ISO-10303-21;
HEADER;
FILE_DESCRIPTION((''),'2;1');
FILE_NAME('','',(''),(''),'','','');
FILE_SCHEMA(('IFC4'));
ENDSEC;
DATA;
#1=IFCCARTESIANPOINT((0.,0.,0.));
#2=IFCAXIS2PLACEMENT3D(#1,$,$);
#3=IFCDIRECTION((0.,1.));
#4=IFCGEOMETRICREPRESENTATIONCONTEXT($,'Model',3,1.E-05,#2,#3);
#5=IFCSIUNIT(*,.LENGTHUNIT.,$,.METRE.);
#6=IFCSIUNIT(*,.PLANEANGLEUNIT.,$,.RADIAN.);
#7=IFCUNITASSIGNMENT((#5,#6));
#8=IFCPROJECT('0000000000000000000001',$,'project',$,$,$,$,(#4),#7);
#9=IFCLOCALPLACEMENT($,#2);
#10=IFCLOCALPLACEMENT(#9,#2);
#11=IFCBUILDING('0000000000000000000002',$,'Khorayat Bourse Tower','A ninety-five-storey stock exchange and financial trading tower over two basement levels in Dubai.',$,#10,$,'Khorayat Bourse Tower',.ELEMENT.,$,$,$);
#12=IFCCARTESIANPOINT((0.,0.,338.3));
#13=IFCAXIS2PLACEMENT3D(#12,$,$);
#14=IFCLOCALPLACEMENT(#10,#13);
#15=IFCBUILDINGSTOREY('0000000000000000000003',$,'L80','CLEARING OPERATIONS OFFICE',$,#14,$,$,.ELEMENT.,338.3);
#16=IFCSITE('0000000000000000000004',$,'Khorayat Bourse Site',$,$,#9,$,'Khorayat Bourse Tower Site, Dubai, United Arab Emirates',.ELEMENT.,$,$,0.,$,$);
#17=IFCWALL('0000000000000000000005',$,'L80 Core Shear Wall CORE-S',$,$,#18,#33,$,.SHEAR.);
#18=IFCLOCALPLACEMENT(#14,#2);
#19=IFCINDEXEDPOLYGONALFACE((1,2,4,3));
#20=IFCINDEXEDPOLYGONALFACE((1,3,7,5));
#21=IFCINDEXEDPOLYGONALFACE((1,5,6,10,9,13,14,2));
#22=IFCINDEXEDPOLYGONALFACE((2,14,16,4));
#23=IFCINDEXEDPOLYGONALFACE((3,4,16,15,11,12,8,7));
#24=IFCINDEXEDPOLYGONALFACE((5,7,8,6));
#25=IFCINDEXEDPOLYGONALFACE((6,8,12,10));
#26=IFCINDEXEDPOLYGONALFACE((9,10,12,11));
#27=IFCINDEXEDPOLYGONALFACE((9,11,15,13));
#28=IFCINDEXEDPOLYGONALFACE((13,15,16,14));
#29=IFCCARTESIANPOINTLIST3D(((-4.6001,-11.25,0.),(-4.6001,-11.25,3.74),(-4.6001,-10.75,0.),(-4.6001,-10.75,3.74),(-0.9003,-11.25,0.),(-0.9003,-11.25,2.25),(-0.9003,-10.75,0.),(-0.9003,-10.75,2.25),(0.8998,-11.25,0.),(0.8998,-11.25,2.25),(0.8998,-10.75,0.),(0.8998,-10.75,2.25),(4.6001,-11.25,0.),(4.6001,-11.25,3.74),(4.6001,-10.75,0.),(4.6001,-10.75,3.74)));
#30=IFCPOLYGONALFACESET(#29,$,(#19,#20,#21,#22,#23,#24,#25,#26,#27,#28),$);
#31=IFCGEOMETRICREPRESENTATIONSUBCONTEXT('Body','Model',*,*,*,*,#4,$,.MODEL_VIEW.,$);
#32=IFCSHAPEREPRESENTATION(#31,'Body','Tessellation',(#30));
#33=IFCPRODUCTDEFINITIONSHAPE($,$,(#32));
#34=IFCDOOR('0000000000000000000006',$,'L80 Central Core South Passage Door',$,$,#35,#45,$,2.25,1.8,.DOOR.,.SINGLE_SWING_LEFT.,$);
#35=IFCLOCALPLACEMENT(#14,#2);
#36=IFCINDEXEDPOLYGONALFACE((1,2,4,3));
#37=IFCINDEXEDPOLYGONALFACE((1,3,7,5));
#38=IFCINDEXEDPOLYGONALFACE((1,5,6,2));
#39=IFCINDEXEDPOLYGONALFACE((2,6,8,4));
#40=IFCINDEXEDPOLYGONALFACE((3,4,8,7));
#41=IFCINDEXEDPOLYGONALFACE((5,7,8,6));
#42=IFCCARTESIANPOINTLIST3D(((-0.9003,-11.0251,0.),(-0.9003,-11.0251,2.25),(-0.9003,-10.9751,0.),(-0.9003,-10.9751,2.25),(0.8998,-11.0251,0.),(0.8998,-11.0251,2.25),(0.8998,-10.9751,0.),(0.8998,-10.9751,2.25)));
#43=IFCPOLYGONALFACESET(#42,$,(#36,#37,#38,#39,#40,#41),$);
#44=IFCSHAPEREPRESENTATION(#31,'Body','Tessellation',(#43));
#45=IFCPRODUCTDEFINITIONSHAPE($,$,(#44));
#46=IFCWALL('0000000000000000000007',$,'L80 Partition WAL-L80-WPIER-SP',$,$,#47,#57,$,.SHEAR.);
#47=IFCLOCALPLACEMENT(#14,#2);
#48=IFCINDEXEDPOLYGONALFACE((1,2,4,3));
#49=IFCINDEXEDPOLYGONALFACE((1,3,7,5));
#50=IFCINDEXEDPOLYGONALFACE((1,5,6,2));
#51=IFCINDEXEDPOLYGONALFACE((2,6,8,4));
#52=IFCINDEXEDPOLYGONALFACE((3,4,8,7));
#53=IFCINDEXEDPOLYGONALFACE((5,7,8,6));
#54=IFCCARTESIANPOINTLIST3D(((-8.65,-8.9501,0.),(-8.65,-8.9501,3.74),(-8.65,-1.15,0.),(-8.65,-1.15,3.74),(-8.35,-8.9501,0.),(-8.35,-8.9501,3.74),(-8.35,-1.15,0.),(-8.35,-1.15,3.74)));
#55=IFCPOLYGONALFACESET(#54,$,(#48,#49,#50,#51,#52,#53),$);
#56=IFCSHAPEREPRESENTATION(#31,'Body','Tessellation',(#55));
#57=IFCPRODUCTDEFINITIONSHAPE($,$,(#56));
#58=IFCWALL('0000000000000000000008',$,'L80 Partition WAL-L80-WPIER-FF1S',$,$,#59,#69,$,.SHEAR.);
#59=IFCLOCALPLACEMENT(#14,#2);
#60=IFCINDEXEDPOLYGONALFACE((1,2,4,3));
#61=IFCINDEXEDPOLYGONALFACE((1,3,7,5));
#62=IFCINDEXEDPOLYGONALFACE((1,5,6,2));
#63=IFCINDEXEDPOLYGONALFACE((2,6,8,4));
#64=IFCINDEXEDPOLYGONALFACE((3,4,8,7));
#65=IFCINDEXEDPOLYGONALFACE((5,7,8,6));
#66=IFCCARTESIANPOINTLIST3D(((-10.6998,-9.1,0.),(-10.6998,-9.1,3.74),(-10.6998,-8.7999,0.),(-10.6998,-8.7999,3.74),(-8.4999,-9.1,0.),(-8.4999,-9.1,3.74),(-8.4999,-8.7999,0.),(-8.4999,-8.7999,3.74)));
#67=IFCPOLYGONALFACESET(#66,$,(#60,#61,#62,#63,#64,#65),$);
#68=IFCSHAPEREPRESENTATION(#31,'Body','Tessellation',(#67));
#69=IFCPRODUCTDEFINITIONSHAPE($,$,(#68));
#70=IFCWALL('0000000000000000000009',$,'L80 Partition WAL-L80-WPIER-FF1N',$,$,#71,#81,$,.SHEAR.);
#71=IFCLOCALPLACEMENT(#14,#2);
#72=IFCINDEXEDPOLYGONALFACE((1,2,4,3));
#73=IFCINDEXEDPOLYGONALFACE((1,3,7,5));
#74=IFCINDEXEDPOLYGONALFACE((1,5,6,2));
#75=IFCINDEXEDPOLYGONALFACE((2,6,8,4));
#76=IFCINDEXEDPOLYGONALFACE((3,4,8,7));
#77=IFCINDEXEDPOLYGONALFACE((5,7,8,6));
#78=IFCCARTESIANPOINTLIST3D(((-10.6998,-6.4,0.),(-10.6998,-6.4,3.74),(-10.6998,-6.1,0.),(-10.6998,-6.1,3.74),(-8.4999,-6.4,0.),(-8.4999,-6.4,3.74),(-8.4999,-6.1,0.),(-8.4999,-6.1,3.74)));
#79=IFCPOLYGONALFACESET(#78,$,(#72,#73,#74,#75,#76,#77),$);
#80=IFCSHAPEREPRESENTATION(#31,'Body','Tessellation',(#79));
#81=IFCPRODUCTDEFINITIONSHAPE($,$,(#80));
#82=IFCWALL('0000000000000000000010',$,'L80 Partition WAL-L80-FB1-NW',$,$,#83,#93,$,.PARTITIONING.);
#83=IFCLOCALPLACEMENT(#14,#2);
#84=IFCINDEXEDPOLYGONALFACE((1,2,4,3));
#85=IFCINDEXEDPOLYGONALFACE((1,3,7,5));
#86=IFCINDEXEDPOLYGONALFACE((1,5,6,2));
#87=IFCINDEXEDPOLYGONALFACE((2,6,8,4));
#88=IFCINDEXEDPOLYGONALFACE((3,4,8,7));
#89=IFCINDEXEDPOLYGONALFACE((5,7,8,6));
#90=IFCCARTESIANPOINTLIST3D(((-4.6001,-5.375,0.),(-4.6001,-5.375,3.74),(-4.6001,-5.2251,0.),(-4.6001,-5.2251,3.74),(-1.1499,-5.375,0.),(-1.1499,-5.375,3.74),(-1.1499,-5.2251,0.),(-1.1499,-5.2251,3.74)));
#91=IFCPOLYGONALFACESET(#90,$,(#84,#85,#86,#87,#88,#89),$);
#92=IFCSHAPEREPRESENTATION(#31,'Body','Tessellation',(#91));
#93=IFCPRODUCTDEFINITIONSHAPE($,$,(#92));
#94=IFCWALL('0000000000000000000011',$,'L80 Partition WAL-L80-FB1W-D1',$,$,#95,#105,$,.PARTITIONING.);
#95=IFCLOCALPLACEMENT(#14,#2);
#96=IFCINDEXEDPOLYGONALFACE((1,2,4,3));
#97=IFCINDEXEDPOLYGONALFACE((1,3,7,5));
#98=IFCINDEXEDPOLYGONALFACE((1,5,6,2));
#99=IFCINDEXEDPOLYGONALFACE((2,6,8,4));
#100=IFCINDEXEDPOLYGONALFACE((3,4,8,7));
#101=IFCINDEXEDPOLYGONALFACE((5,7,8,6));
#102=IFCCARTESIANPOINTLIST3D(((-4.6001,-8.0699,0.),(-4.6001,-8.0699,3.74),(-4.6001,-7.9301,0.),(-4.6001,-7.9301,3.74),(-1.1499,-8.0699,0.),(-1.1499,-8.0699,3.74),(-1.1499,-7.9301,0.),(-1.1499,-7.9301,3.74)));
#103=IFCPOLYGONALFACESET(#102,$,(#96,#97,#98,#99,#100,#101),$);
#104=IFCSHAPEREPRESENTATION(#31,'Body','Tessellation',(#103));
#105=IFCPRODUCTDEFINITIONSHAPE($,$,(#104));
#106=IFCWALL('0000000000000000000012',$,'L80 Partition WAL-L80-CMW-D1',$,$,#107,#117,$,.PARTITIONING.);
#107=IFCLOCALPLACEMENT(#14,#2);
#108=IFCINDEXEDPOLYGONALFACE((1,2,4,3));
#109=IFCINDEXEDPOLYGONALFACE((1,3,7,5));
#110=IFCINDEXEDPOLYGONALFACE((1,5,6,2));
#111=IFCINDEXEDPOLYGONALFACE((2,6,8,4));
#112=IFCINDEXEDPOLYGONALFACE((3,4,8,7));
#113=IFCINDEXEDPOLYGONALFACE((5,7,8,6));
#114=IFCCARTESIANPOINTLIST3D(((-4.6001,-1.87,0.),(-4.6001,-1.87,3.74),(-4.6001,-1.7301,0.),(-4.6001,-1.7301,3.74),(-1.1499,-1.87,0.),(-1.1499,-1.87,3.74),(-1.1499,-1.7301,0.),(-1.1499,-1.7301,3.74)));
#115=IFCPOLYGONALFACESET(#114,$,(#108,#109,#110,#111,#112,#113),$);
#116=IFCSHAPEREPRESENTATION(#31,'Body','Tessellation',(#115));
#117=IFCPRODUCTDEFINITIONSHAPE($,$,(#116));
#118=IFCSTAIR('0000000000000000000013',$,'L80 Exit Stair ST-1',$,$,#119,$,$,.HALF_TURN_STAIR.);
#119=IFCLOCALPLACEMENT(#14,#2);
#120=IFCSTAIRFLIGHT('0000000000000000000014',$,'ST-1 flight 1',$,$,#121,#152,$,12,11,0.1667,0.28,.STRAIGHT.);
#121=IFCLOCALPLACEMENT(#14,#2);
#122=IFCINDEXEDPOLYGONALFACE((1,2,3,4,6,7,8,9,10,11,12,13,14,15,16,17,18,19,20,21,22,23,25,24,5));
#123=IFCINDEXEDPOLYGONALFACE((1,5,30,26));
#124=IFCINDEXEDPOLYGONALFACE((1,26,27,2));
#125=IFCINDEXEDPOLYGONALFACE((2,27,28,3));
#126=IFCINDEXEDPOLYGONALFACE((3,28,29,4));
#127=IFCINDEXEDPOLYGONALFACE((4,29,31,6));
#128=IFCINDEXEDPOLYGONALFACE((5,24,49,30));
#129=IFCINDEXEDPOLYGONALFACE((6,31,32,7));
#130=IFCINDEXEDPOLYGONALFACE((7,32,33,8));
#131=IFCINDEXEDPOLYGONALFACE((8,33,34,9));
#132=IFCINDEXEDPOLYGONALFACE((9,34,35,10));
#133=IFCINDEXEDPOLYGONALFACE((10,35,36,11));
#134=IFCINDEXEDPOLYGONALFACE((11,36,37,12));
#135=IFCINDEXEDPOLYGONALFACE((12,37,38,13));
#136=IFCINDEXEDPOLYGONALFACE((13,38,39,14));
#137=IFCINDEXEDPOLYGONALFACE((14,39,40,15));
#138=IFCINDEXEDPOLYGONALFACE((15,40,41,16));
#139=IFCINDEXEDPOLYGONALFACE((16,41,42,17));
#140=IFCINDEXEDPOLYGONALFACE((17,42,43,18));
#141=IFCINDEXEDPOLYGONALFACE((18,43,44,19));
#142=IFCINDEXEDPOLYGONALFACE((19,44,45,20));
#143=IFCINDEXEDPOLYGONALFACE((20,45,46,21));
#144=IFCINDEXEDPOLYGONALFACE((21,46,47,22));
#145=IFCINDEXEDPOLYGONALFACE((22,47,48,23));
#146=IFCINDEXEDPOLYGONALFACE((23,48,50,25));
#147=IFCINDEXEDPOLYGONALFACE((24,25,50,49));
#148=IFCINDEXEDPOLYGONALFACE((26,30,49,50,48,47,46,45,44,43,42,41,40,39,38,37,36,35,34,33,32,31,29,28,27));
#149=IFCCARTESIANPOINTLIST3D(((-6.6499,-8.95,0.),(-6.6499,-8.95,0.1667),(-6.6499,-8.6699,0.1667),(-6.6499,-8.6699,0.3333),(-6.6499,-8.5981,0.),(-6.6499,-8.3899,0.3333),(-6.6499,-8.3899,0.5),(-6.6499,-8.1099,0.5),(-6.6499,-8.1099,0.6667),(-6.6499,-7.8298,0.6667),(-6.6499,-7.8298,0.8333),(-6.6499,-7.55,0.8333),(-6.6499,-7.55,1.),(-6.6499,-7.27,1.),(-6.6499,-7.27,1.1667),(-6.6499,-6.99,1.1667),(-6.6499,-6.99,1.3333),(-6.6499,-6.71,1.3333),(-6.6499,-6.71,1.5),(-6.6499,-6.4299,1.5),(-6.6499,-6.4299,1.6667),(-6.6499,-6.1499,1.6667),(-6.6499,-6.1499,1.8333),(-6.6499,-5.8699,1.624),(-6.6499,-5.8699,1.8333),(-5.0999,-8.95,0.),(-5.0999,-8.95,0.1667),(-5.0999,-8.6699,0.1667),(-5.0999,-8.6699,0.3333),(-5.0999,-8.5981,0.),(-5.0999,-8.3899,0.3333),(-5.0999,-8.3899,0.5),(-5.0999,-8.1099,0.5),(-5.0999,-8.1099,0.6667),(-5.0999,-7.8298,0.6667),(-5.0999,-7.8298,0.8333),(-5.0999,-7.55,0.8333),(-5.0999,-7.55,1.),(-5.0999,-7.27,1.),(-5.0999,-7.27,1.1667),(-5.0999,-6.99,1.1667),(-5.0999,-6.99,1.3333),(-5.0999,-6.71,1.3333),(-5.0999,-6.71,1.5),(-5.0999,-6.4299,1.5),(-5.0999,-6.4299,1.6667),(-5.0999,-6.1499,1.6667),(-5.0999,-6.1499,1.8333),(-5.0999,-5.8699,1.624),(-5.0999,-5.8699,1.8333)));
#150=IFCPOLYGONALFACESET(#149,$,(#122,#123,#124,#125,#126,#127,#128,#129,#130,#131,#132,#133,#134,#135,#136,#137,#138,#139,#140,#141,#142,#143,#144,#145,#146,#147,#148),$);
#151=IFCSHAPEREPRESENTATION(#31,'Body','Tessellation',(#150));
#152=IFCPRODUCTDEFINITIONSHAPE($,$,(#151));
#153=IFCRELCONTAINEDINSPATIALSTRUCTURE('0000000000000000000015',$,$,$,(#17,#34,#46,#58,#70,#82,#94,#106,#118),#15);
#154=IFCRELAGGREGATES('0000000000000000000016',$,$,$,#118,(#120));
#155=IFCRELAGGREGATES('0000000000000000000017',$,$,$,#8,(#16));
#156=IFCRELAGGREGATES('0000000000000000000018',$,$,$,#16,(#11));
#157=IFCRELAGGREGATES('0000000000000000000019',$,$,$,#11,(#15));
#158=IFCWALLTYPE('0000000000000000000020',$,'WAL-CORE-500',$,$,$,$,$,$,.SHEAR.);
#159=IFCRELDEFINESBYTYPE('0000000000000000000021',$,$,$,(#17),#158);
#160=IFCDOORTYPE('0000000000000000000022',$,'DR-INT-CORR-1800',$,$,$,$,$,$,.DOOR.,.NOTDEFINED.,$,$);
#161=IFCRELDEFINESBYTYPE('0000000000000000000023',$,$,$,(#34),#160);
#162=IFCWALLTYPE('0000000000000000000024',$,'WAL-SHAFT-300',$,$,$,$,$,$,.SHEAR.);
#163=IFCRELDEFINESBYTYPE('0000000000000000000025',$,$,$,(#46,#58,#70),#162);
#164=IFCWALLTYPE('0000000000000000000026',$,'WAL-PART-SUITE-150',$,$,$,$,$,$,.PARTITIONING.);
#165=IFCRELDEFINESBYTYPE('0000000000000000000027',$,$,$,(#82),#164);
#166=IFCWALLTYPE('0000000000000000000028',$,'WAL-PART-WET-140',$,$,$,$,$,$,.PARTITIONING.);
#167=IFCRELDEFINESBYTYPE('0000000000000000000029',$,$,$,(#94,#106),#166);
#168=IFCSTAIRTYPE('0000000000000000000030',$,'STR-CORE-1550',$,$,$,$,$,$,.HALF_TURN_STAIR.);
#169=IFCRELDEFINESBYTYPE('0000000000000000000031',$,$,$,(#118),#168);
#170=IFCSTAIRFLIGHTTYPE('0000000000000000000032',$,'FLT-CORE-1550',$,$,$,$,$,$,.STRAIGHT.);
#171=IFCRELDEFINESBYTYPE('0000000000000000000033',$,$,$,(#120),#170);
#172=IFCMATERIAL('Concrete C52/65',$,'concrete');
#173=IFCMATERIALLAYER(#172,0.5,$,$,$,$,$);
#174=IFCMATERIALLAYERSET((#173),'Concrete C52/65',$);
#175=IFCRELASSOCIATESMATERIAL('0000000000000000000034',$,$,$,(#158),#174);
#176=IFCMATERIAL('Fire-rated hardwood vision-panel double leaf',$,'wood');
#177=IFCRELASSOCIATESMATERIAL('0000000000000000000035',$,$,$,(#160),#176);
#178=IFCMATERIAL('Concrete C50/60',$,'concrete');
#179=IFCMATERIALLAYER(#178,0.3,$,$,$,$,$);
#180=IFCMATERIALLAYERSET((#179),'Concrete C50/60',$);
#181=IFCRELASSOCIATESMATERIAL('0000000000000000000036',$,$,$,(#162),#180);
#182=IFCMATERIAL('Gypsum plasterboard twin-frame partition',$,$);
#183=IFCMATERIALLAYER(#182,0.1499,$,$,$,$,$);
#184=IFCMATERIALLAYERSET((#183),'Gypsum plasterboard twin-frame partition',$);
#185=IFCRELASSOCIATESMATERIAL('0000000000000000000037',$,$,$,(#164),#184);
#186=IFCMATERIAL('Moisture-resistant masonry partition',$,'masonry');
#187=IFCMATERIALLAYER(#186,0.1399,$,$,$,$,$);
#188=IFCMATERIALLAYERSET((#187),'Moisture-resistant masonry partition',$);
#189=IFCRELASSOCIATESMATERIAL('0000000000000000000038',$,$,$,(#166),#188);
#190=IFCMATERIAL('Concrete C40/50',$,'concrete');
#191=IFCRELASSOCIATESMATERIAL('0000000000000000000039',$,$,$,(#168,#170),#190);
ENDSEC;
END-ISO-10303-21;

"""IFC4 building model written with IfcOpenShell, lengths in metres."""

from ifc_helpers import new_model, si_unit, direction, frame, frame_2d, origin, place, context, subcontext, project, spatial, polyline, rectangle, outline, extrude, source, transform, mapped, material, layer, layer_set, type_object, element, fill, aggregate, save


model = new_model("IFC4")

# Units and contexts
model_context = context("Model", 3, precision=1e-05, world=origin(), true_north=direction((0.0, 1.0)))
body_context = subcontext(model_context, "Body", "Model", "MODEL_VIEW")
ifc_project = project(units=[si_unit("LENGTHUNIT", "METRE"), si_unit("PLANEANGLEUNIT", "RADIAN")], contexts=[model_context])

# Site, building, storey
site_placement = place(None, origin())
site = spatial("IfcSite", under=ifc_project, at=site_placement, Name="Khorayat Bourse Site", LongName="Khorayat Bourse Tower Site, Dubai, United Arab Emirates", CompositionType="ELEMENT", RefElevation=0.0)
building_placement = place(site_placement, origin())
building = spatial("IfcBuilding", under=site, at=building_placement, Name="Khorayat Bourse Tower", Description="A ninety-five-storey stock exchange and financial trading tower over two basement levels in Dubai.", LongName="Khorayat Bourse Tower", CompositionType="ELEMENT")
storey_placement = place(building_placement, frame((0.0, 0.0, 338.3)))
storey = spatial("IfcBuildingStorey", under=building, at=storey_placement, Name="L80", Description="CLEARING OPERATIONS OFFICE", CompositionType="ELEMENT", Elevation=338.3)

# Shared definitions
ifc_material_1 = material(Name="Concrete C52/65", Category="concrete")

# Shared definitions
ifc_layer_1 = layer(ifc_material_1, 0.5)
ifc_layer_set_1 = layer_set([ifc_layer_1], Name="Concrete C52/65")
wall_type_1 = type_object("IfcWallType", Name="WAL-CORE-500", PredefinedType="SHEAR", material=ifc_layer_set_1)

# Wall, opening, door
shared_shape_1 = source(origin(), body_context, "Body", "SweptSolid", [
    extrude(rectangle(XDim=9.2002, YDim=0.5, at=frame_2d((4.6001, 0.0))), origin(), (0.0, 0.0, 1.0), 3.74),
])
wall_1_placement = place(storey_placement, frame((-4.6001, -11.0, 0.0), z_axis=(0.0, 0.0, 1.0), x_axis=(1.0, 0.0, 0.0)))
wall_1 = element("IfcWall", 1, at=wall_1_placement, inside=storey, type_object=wall_type_1, Name="L80 Core Shear Wall CORE-S", PredefinedType="SHEAR", context=body_context, shape_type="MappedRepresentation", body=[
    mapped(shared_shape_1, transform((0.0, 0.0, 0.0), scale=1.0)),
])
shared_shape_2 = source(origin(), body_context, "Body", "SweptSolid", [
    extrude(rectangle(XDim=1.8, YDim=2.25, at=frame_2d((0.8999, 1.125))), frame((0.0, 0.26, 0.0), z_axis=(0.0, -1.0, 0.0), x_axis=(1.0, 0.0, 0.0)), (0.0, 0.0, 1.0), 0.52),
])
opening_placement = place(wall_1_placement, frame((3.7, 0.0, 0.0)))
opening = element("IfcOpeningElement", 2, at=opening_placement, cuts=wall_1, PredefinedType="OPENING", context=body_context, shape_type="MappedRepresentation", body=[
    mapped(shared_shape_2, transform((0.0, 0.0, 0.0), scale=1.0)),
])
ifc_material_2 = material(Name="Fire-rated hardwood vision-panel double leaf", Category="wood")
door_type = type_object("IfcDoorType", Name="DR-INT-CORR-1800", OperationType="NOTDEFINED", PredefinedType="DOOR", material=ifc_material_2)
shared_shape_3 = source(origin(), body_context, "Body", "SweptSolid", [
    extrude(rectangle(XDim=1.8, YDim=2.25, at=frame_2d((0.8999, 1.125))), frame((0.0, 0.0249, 0.0), z_axis=(0.0, -1.0, 0.0), x_axis=(1.0, 0.0, 0.0)), (0.0, 0.0, 1.0), 0.05),
])
door_placement = place(opening_placement, origin())
door = element("IfcDoor", 3, at=door_placement, inside=storey, type_object=door_type, Name="L80 Central Core South Passage Door", OperationType="SINGLE_SWING_LEFT", OverallHeight=2.25, OverallWidth=1.8, PredefinedType="DOOR", context=body_context, shape_type="MappedRepresentation", body=[
    mapped(shared_shape_3, transform((0.0, 0.0, 0.0), scale=1.0)),
])
fill(opening, door)

# Walls
ifc_material_3 = material(Name="Concrete C50/60", Category="concrete")
ifc_layer_2 = layer(ifc_material_3, 0.3)
ifc_layer_set_2 = layer_set([ifc_layer_2], Name="Concrete C50/60")
wall_type_2 = type_object("IfcWallType", Name="WAL-SHAFT-300", PredefinedType="SHEAR", material=ifc_layer_set_2)
shared_shape_4 = source(origin(), body_context, "Body", "SweptSolid", [
    extrude(rectangle(XDim=7.8, YDim=0.3, at=frame_2d((3.8999, 0.0))), origin(), (0.0, 0.0, 1.0), 3.74),
])
wall_2_placement = place(storey_placement, frame((-8.5, -8.95, 0.0), z_axis=(0.0, 0.0, 1.0), x_axis=(0.0, 1.0, 0.0)))
element("IfcWall", 4, at=wall_2_placement, inside=storey, type_object=wall_type_2, Name="L80 Partition WAL-L80-WPIER-SP", PredefinedType="SHEAR", context=body_context, shape_type="MappedRepresentation", body=[
    mapped(shared_shape_4, transform((0.0, 0.0, 0.0), scale=1.0)),
])
shared_shape_5 = source(origin(), body_context, "Body", "SweptSolid", [
    extrude(rectangle(XDim=2.2, YDim=0.3, at=frame_2d((1.1001, 0.0))), origin(), (0.0, 0.0, 1.0), 3.74),
])
for number, where, z_axis, x_axis, name in (
    (5, (-10.7, -8.95, 0.0), (0.0, 0.0, 1.0), (1.0, 0.0, 0.0), "L80 Partition WAL-L80-WPIER-FF1S"),
    (6, (-10.7, -6.25, 0.0), (0.0, 0.0, 1.0), (1.0, 0.0, 0.0), "L80 Partition WAL-L80-WPIER-FF1N"),
):
    element("IfcWall", number, at=place(storey_placement, frame(where, z_axis=z_axis, x_axis=x_axis)), inside=storey, type_object=wall_type_2, Name=name, PredefinedType="SHEAR", context=body_context, shape_type="MappedRepresentation", body=[
        mapped(shared_shape_5, transform((0.0, 0.0, 0.0), scale=1.0)),
    ])
ifc_material_4 = material(Name="Gypsum plasterboard twin-frame partition")
ifc_layer_3 = layer(ifc_material_4, 0.1499)
ifc_layer_set_3 = layer_set([ifc_layer_3], Name="Gypsum plasterboard twin-frame partition")
wall_type_3 = type_object("IfcWallType", Name="WAL-PART-SUITE-150", PredefinedType="PARTITIONING", material=ifc_layer_set_3)
shared_shape_6 = source(origin(), body_context, "Body", "SweptSolid", [
    extrude(rectangle(XDim=3.4502, YDim=0.1499, at=frame_2d((1.7251, 0.0))), origin(), (0.0, 0.0, 1.0), 3.74),
])
wall_3_placement = place(storey_placement, frame((-4.6001, -5.3, 0.0), z_axis=(0.0, 0.0, 1.0), x_axis=(1.0, 0.0, 0.0)))
element("IfcWall", 7, at=wall_3_placement, inside=storey, type_object=wall_type_3, Name="L80 Partition WAL-L80-FB1-NW", PredefinedType="PARTITIONING", context=body_context, shape_type="MappedRepresentation", body=[
    mapped(shared_shape_6, transform((0.0, 0.0, 0.0), scale=1.0)),
])
ifc_material_5 = material(Name="Moisture-resistant masonry partition", Category="masonry")
ifc_layer_4 = layer(ifc_material_5, 0.1399)
ifc_layer_set_4 = layer_set([ifc_layer_4], Name="Moisture-resistant masonry partition")
wall_type_4 = type_object("IfcWallType", Name="WAL-PART-WET-140", PredefinedType="PARTITIONING", material=ifc_layer_set_4)
shared_shape_7 = source(origin(), body_context, "Body", "SweptSolid", [
    extrude(rectangle(XDim=3.4502, YDim=0.1399, at=frame_2d((1.7251, 0.0))), origin(), (0.0, 0.0, 1.0), 3.74),
])
for number, where, z_axis, x_axis, name in (
    (8, (-4.6001, -8.0, 0.0), (0.0, 0.0, 1.0), (1.0, 0.0, 0.0), "L80 Partition WAL-L80-FB1W-D1"),
    (9, (-4.6001, -1.8, 0.0), (0.0, 0.0, 1.0), (1.0, 0.0, 0.0), "L80 Partition WAL-L80-CMW-D1"),
):
    element("IfcWall", number, at=place(storey_placement, frame(where, z_axis=z_axis, x_axis=x_axis)), inside=storey, type_object=wall_type_4, Name=name, PredefinedType="PARTITIONING", context=body_context, shape_type="MappedRepresentation", body=[
        mapped(shared_shape_7, transform((0.0, 0.0, 0.0), scale=1.0)),
    ])

# Stair, stair flight
ifc_material_6 = material(Name="Concrete C40/50", Category="concrete")
stair_type = type_object("IfcStairType", Name="STR-CORE-1550", PredefinedType="HALF_TURN_STAIR", material=ifc_material_6)
stair_placement = place(storey_placement, origin())
stair = element("IfcStair", 10, at=stair_placement, inside=storey, type_object=stair_type, Name="L80 Exit Stair ST-1", PredefinedType="HALF_TURN_STAIR")
stair_flight_type = type_object("IfcStairFlightType", Name="FLT-CORE-1550", PredefinedType="STRAIGHT", material=ifc_material_6)
shared_shape_8 = source(origin(), body_context, "Body", "SweptSolid", [
    extrude(outline(polyline([(0.0, 0.0), (0.0, 0.1667), (0.28, 0.1667), (0.28, 0.3333), (0.5601, 0.3333), (0.5601, 0.5), (0.8401, 0.5), (0.8401, 0.6667), (1.1201, 0.6667), (1.1201, 0.8333), (1.3999, 0.8333), (1.3999, 1.0), (1.6799, 1.0), (1.6799, 1.1667), (1.96, 1.1667), (1.96, 1.3333), (2.24, 1.3333), (2.24, 1.5), (2.52, 1.5), (2.52, 1.6667), (2.8, 1.6667), (2.8, 1.8333), (3.0801, 1.8333), (3.0801, 2.0), (3.0801, 1.624), (0.3518, 0.0), (0.0, 0.0)])), frame((0.0, 0.7749, 0.0), z_axis=(0.0, -1.0, 0.0), x_axis=(1.0, 0.0, 0.0)), (0.0, 0.0, 1.0), 1.55),
])
stair_flight_1_placement = place(storey_placement, frame((-5.875, -8.95, 0.0), z_axis=(0.0, 0.0, 1.0), x_axis=(0.0, 1.0, 0.0)))
stair_flight_1 = element("IfcStairFlight", 11, at=stair_flight_1_placement, type_object=stair_flight_type, Name="ST-1 flight 1", NumberOfRisers=12, NumberOfTreads=11, PredefinedType="STRAIGHT", RiserHeight=0.1667, TreadLength=0.28, context=body_context, shape_type="MappedRepresentation", body=[
    mapped(shared_shape_8, transform((0.0, 0.0, 0.0), scale=1.0)),
])
aggregate(stair, [stair_flight_1])

save(model, "model.ifc")
